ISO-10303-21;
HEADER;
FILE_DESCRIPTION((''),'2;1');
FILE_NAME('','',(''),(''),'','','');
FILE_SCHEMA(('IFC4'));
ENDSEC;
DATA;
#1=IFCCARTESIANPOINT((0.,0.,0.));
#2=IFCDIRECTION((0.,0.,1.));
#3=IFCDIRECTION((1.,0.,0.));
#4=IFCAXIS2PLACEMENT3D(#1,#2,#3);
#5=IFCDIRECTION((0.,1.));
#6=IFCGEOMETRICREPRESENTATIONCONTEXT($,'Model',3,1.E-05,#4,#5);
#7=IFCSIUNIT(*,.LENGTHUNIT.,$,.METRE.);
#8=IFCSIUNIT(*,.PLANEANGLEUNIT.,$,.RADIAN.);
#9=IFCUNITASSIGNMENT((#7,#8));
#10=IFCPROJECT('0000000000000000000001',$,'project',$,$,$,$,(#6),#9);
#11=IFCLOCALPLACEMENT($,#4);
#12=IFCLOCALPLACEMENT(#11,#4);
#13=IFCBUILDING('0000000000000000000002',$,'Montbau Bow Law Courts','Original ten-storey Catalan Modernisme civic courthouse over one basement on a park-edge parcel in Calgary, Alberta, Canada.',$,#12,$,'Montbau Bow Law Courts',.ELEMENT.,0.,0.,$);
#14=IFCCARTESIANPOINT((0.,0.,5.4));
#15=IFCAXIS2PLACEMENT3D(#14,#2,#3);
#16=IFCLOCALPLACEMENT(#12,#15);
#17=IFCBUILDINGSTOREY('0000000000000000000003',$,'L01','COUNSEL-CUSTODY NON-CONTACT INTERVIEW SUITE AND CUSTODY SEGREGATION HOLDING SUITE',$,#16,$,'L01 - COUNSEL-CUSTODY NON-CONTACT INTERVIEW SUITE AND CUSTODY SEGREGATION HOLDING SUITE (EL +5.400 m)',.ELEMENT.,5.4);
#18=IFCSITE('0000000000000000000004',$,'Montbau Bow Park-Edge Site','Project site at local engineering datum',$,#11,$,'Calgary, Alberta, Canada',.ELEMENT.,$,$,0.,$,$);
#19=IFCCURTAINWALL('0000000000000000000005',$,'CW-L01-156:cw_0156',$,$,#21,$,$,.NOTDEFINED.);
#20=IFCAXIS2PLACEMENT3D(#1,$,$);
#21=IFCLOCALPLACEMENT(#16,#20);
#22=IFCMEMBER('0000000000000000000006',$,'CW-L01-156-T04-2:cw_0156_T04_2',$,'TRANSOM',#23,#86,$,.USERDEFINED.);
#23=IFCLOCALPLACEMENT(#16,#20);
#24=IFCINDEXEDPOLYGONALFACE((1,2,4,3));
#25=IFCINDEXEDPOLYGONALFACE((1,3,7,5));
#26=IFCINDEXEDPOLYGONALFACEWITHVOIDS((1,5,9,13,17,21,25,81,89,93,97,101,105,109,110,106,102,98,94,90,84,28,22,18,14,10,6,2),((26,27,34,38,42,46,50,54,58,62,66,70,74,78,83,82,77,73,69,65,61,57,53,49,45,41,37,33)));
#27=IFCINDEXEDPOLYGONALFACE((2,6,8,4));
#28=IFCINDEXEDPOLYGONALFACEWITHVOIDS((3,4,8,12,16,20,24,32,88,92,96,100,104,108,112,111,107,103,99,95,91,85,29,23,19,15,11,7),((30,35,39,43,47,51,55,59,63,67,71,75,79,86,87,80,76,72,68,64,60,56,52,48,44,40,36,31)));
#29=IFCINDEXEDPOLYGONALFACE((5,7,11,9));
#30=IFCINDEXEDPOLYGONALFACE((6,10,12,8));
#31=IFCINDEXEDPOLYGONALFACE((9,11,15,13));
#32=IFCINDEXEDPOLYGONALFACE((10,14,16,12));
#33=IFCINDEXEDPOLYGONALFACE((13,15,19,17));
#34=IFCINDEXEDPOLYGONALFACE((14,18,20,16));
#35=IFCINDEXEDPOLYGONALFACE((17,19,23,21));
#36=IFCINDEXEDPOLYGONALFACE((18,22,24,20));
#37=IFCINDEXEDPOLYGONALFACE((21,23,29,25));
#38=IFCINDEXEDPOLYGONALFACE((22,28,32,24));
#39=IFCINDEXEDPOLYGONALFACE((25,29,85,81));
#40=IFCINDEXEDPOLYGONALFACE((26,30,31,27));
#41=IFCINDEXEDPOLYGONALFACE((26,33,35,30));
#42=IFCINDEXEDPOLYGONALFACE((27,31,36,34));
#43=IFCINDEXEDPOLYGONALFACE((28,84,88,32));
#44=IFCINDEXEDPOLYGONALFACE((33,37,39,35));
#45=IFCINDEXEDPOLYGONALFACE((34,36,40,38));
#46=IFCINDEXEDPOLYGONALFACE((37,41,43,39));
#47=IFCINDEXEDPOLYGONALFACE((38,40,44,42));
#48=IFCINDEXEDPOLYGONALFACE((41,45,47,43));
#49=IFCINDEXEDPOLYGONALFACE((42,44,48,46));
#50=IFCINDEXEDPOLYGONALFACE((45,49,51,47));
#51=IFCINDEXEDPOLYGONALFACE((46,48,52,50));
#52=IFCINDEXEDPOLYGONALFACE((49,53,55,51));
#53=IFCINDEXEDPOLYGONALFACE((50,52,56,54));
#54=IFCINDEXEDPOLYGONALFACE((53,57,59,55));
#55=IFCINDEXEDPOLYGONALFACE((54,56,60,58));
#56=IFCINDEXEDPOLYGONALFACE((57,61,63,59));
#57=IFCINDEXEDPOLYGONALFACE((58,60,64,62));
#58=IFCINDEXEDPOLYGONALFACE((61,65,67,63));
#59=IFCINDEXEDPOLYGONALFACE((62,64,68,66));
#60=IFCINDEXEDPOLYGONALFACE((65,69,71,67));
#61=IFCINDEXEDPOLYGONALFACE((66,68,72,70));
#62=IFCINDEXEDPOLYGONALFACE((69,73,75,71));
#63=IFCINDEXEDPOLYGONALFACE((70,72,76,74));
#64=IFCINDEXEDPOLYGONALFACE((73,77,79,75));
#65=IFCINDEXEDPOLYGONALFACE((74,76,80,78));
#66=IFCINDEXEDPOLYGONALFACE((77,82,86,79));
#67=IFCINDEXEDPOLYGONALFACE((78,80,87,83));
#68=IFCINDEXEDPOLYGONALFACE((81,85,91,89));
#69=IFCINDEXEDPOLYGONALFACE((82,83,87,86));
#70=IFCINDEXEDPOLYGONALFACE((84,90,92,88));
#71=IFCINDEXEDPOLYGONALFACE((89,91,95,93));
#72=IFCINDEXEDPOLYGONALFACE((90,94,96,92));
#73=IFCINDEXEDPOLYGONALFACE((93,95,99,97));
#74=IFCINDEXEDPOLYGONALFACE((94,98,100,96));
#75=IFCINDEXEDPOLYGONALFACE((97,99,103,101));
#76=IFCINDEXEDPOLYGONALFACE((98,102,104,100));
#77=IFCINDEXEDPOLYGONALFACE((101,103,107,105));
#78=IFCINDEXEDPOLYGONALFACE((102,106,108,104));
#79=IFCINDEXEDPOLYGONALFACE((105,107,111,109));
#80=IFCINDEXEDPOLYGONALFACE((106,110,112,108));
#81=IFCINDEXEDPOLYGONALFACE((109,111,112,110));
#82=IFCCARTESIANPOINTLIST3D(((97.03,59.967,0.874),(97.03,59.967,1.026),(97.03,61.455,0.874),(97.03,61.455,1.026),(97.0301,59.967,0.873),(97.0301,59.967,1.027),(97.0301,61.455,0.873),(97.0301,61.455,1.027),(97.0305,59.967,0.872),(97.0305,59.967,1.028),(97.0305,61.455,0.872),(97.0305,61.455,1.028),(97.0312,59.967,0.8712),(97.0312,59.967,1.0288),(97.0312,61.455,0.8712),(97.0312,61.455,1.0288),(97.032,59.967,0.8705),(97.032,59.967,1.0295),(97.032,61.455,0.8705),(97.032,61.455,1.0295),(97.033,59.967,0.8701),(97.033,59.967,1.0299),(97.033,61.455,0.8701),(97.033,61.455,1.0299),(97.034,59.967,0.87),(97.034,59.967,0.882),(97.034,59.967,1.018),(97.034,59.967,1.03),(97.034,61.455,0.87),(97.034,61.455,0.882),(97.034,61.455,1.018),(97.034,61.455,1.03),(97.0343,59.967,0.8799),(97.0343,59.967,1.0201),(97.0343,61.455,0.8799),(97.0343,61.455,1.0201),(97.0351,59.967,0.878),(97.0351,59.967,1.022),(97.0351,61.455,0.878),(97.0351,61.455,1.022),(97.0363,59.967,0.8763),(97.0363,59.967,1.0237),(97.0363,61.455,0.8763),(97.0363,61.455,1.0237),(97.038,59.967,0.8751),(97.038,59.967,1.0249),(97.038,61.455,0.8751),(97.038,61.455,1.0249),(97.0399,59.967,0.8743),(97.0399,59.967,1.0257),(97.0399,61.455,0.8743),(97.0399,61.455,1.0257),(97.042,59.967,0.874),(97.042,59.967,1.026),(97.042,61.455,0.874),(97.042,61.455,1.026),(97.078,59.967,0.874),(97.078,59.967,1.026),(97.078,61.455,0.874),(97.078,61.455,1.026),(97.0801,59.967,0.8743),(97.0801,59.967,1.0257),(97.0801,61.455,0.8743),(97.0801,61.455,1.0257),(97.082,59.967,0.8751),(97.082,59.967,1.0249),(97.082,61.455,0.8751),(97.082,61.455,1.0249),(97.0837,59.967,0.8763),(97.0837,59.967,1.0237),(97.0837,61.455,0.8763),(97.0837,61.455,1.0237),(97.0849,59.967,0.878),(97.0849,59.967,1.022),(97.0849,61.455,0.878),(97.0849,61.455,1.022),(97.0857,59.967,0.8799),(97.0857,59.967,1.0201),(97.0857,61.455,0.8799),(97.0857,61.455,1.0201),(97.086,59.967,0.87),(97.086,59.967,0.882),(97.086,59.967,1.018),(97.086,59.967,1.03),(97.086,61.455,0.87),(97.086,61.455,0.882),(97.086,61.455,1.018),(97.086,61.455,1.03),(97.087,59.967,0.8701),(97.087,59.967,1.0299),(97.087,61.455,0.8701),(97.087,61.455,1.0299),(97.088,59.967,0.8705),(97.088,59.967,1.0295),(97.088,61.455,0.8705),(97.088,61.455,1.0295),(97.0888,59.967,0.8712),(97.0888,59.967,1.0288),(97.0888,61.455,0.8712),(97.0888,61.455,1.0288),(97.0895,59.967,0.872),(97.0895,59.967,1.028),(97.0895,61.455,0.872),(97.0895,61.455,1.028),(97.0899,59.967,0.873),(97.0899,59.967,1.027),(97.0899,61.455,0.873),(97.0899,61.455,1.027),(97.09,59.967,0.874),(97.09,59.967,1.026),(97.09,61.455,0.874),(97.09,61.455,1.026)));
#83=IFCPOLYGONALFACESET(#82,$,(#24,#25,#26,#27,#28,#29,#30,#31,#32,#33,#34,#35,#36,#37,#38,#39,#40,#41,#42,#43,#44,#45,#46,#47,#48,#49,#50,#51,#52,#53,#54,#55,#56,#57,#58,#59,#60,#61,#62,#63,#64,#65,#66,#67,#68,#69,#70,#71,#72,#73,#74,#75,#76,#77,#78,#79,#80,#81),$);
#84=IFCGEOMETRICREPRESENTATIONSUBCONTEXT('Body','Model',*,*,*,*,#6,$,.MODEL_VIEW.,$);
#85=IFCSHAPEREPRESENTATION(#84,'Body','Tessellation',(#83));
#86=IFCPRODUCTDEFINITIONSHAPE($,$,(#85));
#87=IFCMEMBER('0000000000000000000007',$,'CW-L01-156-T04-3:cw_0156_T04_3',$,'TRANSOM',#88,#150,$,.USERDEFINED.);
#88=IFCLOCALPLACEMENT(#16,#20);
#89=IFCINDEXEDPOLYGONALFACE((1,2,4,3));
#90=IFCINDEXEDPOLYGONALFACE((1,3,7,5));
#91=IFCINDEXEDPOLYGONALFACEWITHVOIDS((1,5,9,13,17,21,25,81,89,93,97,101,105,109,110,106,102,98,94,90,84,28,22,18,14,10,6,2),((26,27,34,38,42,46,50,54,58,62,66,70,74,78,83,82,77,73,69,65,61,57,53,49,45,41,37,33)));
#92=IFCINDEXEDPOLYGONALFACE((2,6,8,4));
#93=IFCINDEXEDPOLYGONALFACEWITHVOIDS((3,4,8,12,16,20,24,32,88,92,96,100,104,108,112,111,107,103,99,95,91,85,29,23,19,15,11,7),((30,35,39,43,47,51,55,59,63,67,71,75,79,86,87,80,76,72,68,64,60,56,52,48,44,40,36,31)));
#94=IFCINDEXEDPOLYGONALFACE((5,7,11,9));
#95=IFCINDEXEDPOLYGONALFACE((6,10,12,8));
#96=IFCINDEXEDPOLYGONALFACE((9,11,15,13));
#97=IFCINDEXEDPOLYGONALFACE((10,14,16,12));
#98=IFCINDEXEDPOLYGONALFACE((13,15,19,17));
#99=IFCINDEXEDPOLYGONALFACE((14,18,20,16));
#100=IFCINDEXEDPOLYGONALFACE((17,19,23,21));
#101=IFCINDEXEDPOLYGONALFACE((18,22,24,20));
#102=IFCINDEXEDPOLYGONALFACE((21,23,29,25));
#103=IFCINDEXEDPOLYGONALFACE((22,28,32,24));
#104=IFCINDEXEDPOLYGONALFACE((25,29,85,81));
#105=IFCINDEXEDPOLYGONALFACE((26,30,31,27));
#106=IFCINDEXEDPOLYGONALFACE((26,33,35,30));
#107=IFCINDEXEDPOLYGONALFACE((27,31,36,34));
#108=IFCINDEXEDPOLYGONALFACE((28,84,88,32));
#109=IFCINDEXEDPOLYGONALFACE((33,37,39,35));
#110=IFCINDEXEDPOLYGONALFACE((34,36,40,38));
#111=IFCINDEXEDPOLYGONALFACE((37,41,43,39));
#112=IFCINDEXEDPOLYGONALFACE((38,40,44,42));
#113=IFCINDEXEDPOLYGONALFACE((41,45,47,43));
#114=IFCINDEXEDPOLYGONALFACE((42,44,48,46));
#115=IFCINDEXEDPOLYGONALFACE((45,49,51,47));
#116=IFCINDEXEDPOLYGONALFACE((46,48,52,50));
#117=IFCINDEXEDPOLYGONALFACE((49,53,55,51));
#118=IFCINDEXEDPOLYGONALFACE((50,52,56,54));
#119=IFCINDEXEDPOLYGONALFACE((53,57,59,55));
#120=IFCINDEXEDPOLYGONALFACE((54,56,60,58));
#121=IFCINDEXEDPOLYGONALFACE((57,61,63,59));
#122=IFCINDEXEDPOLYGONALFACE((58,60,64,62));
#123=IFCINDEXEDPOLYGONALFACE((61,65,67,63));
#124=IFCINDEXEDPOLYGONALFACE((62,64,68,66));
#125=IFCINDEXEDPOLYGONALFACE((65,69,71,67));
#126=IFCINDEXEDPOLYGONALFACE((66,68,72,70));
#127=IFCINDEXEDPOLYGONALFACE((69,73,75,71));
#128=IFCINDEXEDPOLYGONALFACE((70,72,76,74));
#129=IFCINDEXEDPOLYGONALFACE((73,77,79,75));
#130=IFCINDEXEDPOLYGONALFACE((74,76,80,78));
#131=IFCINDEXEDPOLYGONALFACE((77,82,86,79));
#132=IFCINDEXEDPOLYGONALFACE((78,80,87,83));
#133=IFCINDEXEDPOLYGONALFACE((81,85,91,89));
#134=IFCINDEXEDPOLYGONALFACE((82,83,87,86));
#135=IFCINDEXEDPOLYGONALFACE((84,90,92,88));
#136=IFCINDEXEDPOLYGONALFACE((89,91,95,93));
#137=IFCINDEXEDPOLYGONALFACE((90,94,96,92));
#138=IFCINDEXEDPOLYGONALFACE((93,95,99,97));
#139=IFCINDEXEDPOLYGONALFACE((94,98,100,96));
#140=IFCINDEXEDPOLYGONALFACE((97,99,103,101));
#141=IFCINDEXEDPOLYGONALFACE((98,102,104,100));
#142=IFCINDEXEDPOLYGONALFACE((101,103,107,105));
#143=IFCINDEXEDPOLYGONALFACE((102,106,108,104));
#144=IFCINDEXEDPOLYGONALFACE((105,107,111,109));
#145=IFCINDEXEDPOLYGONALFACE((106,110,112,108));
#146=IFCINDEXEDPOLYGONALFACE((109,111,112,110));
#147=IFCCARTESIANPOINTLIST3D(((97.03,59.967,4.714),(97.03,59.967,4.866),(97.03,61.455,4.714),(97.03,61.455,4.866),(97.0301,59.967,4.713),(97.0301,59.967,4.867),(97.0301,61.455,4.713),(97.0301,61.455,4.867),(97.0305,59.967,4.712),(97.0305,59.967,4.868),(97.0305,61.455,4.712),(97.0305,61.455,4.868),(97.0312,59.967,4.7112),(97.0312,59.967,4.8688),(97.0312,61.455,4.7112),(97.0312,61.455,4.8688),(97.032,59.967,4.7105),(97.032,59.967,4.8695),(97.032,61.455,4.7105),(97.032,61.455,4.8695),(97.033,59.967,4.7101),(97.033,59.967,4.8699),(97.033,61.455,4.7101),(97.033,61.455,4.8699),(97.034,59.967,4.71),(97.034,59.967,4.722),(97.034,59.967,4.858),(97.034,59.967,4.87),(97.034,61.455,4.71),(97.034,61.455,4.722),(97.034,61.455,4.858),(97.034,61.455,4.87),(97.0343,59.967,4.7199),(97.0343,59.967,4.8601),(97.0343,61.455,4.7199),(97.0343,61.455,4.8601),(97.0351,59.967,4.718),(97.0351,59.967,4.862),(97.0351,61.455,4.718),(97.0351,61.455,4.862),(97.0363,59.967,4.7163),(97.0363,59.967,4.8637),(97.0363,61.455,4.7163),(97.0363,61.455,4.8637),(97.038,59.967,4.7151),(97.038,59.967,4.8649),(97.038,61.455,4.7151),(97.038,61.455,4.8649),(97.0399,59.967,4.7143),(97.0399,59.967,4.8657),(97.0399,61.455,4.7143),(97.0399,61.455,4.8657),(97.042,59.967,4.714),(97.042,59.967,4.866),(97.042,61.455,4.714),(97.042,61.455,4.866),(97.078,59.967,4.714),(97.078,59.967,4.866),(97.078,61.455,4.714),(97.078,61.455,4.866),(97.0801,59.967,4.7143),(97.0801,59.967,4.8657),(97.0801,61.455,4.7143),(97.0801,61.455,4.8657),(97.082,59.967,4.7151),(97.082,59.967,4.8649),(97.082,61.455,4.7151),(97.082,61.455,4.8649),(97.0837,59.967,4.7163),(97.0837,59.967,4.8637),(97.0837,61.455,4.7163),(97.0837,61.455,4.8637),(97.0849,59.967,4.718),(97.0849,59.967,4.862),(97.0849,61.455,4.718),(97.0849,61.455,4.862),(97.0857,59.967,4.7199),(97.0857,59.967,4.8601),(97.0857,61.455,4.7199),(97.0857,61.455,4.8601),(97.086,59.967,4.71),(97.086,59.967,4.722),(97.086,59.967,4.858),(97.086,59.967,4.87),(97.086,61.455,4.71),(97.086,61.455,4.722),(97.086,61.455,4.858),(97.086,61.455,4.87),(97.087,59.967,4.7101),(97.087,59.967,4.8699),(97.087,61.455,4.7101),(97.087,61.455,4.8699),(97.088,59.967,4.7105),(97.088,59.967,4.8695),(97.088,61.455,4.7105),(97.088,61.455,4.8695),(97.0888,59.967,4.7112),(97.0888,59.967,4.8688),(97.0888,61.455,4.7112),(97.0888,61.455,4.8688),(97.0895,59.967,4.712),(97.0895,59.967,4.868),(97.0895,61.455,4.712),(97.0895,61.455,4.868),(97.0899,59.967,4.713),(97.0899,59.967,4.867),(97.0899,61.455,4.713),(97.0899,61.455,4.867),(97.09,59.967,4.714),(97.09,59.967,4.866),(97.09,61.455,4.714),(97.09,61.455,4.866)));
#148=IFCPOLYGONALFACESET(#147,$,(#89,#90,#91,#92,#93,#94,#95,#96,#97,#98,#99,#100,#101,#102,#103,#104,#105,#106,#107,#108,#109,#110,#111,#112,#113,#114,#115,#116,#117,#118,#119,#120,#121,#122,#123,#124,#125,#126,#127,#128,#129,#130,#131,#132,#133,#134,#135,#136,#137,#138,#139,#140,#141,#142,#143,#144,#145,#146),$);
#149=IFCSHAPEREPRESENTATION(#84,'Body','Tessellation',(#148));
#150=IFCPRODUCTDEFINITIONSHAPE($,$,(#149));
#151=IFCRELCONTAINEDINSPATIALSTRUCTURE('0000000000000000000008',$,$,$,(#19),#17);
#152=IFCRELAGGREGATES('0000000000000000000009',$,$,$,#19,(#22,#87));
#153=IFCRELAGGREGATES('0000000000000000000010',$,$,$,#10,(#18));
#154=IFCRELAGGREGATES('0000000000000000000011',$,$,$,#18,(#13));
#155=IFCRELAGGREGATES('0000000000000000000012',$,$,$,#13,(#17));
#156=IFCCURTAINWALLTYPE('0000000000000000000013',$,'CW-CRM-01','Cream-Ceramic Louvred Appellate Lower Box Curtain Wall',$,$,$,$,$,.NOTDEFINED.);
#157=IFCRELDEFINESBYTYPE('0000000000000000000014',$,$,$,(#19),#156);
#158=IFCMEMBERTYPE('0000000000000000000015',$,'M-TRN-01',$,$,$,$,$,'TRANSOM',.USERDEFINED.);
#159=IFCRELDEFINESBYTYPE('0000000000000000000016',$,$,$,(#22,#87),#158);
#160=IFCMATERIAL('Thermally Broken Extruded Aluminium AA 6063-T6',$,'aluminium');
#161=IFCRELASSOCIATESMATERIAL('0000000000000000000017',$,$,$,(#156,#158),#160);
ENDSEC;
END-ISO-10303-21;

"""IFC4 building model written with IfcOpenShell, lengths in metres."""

from ifc_helpers import new_model, si_unit, direction, frame, origin_with_axes, origin_2d_with_axis, place, context, subcontext, project, spatial, hollow_rectangle, extrude, material, material_profile, profile_set, type_object, element, aggregate, save


model = new_model("IFC4")

# Units and contexts
model_context = context("Model", 3, precision=1e-05, world=origin_with_axes(), true_north=direction((0.0, 1.0)))
body_context = subcontext(model_context, "Body", "Model", "MODEL_VIEW")
ifc_project = project(units=[si_unit("LENGTHUNIT", "METRE"), si_unit("PLANEANGLEUNIT", "RADIAN")], contexts=[model_context])

# Site, building, storey
site_placement = place(None, origin_with_axes())
site = spatial("IfcSite", under=ifc_project, at=site_placement, Name="Montbau Bow Park-Edge Site", Description="Project site at local engineering datum", LongName="Calgary, Alberta, Canada", CompositionType="ELEMENT", RefElevation=0.0)
building_placement = place(site_placement, origin_with_axes())
building = spatial("IfcBuilding", under=site, at=building_placement, Name="Montbau Bow Law Courts", Description="Original ten-storey Catalan Modernisme civic courthouse over one basement on a park-edge parcel in Calgary, Alberta, Canada.", LongName="Montbau Bow Law Courts", CompositionType="ELEMENT", ElevationOfRefHeight=0.0, ElevationOfTerrain=0.0)
storey_placement = place(building_placement, frame((0.0, 0.0, 5.4), z_axis=(0.0, 0.0, 1.0), x_axis=(1.0, 0.0, 0.0)))
storey = spatial("IfcBuildingStorey", under=building, at=storey_placement, Name="L01", Description="COUNSEL-CUSTODY NON-CONTACT INTERVIEW SUITE AND CUSTODY SEGREGATION HOLDING SUITE", LongName="L01 - COUNSEL-CUSTODY NON-CONTACT INTERVIEW SUITE AND CUSTODY SEGREGATION HOLDING SUITE (EL +5.400 m)", CompositionType="ELEMENT", Elevation=5.4)

# Curtain wall
ifc_material_1 = material(Name="Thermally Broken Extruded Aluminium AA 6063-T6", Category="aluminium")
curtain_wall_type = type_object("IfcCurtainWallType", Name="CW-CRM-01", Description="Cream-Ceramic Louvred Appellate Lower Box Curtain Wall", PredefinedType="NOTDEFINED", material=ifc_material_1)
curtain_wall_1_placement = place(None, frame((97.06, 55.115, 5.4), z_axis=(0.0, 0.0, 1.0), x_axis=(1.0, 0.0, 0.0)))
curtain_wall_1 = element("IfcCurtainWall", 1, at=curtain_wall_1_placement, inside=storey, type_object=curtain_wall_type, Name="CW-L01-156:cw_0156", PredefinedType="NOTDEFINED")

# Members
ifc_material_profile_1 = material_profile(ifc_material_1, hollow_rectangle(XDim=0.06, YDim=0.16, WallThickness=0.004, InnerFilletRadius=0.008, OuterFilletRadius=0.004, at=origin_2d_with_axis()), Name="CWT-160X60", Category="Main", Priority=0)
ifc_profile_set_1 = profile_set([ifc_material_profile_1], Name="Thermally Broken Extruded Aluminium AA 6063-T6")
member_type_1 = type_object("IfcMemberType", Name="M-TRN-01", ElementType="TRANSOM", PredefinedType="USERDEFINED", material=ifc_profile_set_1)
member_1_placement = place(None, frame((97.06, 59.967, 6.35), z_axis=(0.0, 1.0, 0.0), x_axis=(-1.0, 0.0, 0.0)))
member_1 = element("IfcMember", 2, at=member_1_placement, type_object=member_type_1, Name="CW-L01-156-T04-2:cw_0156_T04_2", ObjectType="TRANSOM", PredefinedType="USERDEFINED", context=body_context, shape_type="SweptSolid", body=[
    extrude(hollow_rectangle(XDim=0.06, YDim=0.16, WallThickness=0.004, InnerFilletRadius=0.008, OuterFilletRadius=0.004, at=origin_2d_with_axis()), origin_with_axes(), (0.0, 0.0, 1.0), 1.488),
])
member_2_placement = place(None, frame((97.06, 59.967, 10.19), z_axis=(0.0, 1.0, 0.0), x_axis=(-1.0, 0.0, 0.0)))
member_2 = element("IfcMember", 3, at=member_2_placement, type_object=member_type_1, Name="CW-L01-156-T04-3:cw_0156_T04_3", ObjectType="TRANSOM", PredefinedType="USERDEFINED", context=body_context, shape_type="SweptSolid", body=[
    extrude(hollow_rectangle(XDim=0.06, YDim=0.16, WallThickness=0.004, InnerFilletRadius=0.008, OuterFilletRadius=0.004, at=origin_2d_with_axis()), origin_with_axes(), (0.0, 0.0, 1.0), 1.488),
])

aggregate(curtain_wall_1, [member_1, member_2])

save(model, "model.ifc")
